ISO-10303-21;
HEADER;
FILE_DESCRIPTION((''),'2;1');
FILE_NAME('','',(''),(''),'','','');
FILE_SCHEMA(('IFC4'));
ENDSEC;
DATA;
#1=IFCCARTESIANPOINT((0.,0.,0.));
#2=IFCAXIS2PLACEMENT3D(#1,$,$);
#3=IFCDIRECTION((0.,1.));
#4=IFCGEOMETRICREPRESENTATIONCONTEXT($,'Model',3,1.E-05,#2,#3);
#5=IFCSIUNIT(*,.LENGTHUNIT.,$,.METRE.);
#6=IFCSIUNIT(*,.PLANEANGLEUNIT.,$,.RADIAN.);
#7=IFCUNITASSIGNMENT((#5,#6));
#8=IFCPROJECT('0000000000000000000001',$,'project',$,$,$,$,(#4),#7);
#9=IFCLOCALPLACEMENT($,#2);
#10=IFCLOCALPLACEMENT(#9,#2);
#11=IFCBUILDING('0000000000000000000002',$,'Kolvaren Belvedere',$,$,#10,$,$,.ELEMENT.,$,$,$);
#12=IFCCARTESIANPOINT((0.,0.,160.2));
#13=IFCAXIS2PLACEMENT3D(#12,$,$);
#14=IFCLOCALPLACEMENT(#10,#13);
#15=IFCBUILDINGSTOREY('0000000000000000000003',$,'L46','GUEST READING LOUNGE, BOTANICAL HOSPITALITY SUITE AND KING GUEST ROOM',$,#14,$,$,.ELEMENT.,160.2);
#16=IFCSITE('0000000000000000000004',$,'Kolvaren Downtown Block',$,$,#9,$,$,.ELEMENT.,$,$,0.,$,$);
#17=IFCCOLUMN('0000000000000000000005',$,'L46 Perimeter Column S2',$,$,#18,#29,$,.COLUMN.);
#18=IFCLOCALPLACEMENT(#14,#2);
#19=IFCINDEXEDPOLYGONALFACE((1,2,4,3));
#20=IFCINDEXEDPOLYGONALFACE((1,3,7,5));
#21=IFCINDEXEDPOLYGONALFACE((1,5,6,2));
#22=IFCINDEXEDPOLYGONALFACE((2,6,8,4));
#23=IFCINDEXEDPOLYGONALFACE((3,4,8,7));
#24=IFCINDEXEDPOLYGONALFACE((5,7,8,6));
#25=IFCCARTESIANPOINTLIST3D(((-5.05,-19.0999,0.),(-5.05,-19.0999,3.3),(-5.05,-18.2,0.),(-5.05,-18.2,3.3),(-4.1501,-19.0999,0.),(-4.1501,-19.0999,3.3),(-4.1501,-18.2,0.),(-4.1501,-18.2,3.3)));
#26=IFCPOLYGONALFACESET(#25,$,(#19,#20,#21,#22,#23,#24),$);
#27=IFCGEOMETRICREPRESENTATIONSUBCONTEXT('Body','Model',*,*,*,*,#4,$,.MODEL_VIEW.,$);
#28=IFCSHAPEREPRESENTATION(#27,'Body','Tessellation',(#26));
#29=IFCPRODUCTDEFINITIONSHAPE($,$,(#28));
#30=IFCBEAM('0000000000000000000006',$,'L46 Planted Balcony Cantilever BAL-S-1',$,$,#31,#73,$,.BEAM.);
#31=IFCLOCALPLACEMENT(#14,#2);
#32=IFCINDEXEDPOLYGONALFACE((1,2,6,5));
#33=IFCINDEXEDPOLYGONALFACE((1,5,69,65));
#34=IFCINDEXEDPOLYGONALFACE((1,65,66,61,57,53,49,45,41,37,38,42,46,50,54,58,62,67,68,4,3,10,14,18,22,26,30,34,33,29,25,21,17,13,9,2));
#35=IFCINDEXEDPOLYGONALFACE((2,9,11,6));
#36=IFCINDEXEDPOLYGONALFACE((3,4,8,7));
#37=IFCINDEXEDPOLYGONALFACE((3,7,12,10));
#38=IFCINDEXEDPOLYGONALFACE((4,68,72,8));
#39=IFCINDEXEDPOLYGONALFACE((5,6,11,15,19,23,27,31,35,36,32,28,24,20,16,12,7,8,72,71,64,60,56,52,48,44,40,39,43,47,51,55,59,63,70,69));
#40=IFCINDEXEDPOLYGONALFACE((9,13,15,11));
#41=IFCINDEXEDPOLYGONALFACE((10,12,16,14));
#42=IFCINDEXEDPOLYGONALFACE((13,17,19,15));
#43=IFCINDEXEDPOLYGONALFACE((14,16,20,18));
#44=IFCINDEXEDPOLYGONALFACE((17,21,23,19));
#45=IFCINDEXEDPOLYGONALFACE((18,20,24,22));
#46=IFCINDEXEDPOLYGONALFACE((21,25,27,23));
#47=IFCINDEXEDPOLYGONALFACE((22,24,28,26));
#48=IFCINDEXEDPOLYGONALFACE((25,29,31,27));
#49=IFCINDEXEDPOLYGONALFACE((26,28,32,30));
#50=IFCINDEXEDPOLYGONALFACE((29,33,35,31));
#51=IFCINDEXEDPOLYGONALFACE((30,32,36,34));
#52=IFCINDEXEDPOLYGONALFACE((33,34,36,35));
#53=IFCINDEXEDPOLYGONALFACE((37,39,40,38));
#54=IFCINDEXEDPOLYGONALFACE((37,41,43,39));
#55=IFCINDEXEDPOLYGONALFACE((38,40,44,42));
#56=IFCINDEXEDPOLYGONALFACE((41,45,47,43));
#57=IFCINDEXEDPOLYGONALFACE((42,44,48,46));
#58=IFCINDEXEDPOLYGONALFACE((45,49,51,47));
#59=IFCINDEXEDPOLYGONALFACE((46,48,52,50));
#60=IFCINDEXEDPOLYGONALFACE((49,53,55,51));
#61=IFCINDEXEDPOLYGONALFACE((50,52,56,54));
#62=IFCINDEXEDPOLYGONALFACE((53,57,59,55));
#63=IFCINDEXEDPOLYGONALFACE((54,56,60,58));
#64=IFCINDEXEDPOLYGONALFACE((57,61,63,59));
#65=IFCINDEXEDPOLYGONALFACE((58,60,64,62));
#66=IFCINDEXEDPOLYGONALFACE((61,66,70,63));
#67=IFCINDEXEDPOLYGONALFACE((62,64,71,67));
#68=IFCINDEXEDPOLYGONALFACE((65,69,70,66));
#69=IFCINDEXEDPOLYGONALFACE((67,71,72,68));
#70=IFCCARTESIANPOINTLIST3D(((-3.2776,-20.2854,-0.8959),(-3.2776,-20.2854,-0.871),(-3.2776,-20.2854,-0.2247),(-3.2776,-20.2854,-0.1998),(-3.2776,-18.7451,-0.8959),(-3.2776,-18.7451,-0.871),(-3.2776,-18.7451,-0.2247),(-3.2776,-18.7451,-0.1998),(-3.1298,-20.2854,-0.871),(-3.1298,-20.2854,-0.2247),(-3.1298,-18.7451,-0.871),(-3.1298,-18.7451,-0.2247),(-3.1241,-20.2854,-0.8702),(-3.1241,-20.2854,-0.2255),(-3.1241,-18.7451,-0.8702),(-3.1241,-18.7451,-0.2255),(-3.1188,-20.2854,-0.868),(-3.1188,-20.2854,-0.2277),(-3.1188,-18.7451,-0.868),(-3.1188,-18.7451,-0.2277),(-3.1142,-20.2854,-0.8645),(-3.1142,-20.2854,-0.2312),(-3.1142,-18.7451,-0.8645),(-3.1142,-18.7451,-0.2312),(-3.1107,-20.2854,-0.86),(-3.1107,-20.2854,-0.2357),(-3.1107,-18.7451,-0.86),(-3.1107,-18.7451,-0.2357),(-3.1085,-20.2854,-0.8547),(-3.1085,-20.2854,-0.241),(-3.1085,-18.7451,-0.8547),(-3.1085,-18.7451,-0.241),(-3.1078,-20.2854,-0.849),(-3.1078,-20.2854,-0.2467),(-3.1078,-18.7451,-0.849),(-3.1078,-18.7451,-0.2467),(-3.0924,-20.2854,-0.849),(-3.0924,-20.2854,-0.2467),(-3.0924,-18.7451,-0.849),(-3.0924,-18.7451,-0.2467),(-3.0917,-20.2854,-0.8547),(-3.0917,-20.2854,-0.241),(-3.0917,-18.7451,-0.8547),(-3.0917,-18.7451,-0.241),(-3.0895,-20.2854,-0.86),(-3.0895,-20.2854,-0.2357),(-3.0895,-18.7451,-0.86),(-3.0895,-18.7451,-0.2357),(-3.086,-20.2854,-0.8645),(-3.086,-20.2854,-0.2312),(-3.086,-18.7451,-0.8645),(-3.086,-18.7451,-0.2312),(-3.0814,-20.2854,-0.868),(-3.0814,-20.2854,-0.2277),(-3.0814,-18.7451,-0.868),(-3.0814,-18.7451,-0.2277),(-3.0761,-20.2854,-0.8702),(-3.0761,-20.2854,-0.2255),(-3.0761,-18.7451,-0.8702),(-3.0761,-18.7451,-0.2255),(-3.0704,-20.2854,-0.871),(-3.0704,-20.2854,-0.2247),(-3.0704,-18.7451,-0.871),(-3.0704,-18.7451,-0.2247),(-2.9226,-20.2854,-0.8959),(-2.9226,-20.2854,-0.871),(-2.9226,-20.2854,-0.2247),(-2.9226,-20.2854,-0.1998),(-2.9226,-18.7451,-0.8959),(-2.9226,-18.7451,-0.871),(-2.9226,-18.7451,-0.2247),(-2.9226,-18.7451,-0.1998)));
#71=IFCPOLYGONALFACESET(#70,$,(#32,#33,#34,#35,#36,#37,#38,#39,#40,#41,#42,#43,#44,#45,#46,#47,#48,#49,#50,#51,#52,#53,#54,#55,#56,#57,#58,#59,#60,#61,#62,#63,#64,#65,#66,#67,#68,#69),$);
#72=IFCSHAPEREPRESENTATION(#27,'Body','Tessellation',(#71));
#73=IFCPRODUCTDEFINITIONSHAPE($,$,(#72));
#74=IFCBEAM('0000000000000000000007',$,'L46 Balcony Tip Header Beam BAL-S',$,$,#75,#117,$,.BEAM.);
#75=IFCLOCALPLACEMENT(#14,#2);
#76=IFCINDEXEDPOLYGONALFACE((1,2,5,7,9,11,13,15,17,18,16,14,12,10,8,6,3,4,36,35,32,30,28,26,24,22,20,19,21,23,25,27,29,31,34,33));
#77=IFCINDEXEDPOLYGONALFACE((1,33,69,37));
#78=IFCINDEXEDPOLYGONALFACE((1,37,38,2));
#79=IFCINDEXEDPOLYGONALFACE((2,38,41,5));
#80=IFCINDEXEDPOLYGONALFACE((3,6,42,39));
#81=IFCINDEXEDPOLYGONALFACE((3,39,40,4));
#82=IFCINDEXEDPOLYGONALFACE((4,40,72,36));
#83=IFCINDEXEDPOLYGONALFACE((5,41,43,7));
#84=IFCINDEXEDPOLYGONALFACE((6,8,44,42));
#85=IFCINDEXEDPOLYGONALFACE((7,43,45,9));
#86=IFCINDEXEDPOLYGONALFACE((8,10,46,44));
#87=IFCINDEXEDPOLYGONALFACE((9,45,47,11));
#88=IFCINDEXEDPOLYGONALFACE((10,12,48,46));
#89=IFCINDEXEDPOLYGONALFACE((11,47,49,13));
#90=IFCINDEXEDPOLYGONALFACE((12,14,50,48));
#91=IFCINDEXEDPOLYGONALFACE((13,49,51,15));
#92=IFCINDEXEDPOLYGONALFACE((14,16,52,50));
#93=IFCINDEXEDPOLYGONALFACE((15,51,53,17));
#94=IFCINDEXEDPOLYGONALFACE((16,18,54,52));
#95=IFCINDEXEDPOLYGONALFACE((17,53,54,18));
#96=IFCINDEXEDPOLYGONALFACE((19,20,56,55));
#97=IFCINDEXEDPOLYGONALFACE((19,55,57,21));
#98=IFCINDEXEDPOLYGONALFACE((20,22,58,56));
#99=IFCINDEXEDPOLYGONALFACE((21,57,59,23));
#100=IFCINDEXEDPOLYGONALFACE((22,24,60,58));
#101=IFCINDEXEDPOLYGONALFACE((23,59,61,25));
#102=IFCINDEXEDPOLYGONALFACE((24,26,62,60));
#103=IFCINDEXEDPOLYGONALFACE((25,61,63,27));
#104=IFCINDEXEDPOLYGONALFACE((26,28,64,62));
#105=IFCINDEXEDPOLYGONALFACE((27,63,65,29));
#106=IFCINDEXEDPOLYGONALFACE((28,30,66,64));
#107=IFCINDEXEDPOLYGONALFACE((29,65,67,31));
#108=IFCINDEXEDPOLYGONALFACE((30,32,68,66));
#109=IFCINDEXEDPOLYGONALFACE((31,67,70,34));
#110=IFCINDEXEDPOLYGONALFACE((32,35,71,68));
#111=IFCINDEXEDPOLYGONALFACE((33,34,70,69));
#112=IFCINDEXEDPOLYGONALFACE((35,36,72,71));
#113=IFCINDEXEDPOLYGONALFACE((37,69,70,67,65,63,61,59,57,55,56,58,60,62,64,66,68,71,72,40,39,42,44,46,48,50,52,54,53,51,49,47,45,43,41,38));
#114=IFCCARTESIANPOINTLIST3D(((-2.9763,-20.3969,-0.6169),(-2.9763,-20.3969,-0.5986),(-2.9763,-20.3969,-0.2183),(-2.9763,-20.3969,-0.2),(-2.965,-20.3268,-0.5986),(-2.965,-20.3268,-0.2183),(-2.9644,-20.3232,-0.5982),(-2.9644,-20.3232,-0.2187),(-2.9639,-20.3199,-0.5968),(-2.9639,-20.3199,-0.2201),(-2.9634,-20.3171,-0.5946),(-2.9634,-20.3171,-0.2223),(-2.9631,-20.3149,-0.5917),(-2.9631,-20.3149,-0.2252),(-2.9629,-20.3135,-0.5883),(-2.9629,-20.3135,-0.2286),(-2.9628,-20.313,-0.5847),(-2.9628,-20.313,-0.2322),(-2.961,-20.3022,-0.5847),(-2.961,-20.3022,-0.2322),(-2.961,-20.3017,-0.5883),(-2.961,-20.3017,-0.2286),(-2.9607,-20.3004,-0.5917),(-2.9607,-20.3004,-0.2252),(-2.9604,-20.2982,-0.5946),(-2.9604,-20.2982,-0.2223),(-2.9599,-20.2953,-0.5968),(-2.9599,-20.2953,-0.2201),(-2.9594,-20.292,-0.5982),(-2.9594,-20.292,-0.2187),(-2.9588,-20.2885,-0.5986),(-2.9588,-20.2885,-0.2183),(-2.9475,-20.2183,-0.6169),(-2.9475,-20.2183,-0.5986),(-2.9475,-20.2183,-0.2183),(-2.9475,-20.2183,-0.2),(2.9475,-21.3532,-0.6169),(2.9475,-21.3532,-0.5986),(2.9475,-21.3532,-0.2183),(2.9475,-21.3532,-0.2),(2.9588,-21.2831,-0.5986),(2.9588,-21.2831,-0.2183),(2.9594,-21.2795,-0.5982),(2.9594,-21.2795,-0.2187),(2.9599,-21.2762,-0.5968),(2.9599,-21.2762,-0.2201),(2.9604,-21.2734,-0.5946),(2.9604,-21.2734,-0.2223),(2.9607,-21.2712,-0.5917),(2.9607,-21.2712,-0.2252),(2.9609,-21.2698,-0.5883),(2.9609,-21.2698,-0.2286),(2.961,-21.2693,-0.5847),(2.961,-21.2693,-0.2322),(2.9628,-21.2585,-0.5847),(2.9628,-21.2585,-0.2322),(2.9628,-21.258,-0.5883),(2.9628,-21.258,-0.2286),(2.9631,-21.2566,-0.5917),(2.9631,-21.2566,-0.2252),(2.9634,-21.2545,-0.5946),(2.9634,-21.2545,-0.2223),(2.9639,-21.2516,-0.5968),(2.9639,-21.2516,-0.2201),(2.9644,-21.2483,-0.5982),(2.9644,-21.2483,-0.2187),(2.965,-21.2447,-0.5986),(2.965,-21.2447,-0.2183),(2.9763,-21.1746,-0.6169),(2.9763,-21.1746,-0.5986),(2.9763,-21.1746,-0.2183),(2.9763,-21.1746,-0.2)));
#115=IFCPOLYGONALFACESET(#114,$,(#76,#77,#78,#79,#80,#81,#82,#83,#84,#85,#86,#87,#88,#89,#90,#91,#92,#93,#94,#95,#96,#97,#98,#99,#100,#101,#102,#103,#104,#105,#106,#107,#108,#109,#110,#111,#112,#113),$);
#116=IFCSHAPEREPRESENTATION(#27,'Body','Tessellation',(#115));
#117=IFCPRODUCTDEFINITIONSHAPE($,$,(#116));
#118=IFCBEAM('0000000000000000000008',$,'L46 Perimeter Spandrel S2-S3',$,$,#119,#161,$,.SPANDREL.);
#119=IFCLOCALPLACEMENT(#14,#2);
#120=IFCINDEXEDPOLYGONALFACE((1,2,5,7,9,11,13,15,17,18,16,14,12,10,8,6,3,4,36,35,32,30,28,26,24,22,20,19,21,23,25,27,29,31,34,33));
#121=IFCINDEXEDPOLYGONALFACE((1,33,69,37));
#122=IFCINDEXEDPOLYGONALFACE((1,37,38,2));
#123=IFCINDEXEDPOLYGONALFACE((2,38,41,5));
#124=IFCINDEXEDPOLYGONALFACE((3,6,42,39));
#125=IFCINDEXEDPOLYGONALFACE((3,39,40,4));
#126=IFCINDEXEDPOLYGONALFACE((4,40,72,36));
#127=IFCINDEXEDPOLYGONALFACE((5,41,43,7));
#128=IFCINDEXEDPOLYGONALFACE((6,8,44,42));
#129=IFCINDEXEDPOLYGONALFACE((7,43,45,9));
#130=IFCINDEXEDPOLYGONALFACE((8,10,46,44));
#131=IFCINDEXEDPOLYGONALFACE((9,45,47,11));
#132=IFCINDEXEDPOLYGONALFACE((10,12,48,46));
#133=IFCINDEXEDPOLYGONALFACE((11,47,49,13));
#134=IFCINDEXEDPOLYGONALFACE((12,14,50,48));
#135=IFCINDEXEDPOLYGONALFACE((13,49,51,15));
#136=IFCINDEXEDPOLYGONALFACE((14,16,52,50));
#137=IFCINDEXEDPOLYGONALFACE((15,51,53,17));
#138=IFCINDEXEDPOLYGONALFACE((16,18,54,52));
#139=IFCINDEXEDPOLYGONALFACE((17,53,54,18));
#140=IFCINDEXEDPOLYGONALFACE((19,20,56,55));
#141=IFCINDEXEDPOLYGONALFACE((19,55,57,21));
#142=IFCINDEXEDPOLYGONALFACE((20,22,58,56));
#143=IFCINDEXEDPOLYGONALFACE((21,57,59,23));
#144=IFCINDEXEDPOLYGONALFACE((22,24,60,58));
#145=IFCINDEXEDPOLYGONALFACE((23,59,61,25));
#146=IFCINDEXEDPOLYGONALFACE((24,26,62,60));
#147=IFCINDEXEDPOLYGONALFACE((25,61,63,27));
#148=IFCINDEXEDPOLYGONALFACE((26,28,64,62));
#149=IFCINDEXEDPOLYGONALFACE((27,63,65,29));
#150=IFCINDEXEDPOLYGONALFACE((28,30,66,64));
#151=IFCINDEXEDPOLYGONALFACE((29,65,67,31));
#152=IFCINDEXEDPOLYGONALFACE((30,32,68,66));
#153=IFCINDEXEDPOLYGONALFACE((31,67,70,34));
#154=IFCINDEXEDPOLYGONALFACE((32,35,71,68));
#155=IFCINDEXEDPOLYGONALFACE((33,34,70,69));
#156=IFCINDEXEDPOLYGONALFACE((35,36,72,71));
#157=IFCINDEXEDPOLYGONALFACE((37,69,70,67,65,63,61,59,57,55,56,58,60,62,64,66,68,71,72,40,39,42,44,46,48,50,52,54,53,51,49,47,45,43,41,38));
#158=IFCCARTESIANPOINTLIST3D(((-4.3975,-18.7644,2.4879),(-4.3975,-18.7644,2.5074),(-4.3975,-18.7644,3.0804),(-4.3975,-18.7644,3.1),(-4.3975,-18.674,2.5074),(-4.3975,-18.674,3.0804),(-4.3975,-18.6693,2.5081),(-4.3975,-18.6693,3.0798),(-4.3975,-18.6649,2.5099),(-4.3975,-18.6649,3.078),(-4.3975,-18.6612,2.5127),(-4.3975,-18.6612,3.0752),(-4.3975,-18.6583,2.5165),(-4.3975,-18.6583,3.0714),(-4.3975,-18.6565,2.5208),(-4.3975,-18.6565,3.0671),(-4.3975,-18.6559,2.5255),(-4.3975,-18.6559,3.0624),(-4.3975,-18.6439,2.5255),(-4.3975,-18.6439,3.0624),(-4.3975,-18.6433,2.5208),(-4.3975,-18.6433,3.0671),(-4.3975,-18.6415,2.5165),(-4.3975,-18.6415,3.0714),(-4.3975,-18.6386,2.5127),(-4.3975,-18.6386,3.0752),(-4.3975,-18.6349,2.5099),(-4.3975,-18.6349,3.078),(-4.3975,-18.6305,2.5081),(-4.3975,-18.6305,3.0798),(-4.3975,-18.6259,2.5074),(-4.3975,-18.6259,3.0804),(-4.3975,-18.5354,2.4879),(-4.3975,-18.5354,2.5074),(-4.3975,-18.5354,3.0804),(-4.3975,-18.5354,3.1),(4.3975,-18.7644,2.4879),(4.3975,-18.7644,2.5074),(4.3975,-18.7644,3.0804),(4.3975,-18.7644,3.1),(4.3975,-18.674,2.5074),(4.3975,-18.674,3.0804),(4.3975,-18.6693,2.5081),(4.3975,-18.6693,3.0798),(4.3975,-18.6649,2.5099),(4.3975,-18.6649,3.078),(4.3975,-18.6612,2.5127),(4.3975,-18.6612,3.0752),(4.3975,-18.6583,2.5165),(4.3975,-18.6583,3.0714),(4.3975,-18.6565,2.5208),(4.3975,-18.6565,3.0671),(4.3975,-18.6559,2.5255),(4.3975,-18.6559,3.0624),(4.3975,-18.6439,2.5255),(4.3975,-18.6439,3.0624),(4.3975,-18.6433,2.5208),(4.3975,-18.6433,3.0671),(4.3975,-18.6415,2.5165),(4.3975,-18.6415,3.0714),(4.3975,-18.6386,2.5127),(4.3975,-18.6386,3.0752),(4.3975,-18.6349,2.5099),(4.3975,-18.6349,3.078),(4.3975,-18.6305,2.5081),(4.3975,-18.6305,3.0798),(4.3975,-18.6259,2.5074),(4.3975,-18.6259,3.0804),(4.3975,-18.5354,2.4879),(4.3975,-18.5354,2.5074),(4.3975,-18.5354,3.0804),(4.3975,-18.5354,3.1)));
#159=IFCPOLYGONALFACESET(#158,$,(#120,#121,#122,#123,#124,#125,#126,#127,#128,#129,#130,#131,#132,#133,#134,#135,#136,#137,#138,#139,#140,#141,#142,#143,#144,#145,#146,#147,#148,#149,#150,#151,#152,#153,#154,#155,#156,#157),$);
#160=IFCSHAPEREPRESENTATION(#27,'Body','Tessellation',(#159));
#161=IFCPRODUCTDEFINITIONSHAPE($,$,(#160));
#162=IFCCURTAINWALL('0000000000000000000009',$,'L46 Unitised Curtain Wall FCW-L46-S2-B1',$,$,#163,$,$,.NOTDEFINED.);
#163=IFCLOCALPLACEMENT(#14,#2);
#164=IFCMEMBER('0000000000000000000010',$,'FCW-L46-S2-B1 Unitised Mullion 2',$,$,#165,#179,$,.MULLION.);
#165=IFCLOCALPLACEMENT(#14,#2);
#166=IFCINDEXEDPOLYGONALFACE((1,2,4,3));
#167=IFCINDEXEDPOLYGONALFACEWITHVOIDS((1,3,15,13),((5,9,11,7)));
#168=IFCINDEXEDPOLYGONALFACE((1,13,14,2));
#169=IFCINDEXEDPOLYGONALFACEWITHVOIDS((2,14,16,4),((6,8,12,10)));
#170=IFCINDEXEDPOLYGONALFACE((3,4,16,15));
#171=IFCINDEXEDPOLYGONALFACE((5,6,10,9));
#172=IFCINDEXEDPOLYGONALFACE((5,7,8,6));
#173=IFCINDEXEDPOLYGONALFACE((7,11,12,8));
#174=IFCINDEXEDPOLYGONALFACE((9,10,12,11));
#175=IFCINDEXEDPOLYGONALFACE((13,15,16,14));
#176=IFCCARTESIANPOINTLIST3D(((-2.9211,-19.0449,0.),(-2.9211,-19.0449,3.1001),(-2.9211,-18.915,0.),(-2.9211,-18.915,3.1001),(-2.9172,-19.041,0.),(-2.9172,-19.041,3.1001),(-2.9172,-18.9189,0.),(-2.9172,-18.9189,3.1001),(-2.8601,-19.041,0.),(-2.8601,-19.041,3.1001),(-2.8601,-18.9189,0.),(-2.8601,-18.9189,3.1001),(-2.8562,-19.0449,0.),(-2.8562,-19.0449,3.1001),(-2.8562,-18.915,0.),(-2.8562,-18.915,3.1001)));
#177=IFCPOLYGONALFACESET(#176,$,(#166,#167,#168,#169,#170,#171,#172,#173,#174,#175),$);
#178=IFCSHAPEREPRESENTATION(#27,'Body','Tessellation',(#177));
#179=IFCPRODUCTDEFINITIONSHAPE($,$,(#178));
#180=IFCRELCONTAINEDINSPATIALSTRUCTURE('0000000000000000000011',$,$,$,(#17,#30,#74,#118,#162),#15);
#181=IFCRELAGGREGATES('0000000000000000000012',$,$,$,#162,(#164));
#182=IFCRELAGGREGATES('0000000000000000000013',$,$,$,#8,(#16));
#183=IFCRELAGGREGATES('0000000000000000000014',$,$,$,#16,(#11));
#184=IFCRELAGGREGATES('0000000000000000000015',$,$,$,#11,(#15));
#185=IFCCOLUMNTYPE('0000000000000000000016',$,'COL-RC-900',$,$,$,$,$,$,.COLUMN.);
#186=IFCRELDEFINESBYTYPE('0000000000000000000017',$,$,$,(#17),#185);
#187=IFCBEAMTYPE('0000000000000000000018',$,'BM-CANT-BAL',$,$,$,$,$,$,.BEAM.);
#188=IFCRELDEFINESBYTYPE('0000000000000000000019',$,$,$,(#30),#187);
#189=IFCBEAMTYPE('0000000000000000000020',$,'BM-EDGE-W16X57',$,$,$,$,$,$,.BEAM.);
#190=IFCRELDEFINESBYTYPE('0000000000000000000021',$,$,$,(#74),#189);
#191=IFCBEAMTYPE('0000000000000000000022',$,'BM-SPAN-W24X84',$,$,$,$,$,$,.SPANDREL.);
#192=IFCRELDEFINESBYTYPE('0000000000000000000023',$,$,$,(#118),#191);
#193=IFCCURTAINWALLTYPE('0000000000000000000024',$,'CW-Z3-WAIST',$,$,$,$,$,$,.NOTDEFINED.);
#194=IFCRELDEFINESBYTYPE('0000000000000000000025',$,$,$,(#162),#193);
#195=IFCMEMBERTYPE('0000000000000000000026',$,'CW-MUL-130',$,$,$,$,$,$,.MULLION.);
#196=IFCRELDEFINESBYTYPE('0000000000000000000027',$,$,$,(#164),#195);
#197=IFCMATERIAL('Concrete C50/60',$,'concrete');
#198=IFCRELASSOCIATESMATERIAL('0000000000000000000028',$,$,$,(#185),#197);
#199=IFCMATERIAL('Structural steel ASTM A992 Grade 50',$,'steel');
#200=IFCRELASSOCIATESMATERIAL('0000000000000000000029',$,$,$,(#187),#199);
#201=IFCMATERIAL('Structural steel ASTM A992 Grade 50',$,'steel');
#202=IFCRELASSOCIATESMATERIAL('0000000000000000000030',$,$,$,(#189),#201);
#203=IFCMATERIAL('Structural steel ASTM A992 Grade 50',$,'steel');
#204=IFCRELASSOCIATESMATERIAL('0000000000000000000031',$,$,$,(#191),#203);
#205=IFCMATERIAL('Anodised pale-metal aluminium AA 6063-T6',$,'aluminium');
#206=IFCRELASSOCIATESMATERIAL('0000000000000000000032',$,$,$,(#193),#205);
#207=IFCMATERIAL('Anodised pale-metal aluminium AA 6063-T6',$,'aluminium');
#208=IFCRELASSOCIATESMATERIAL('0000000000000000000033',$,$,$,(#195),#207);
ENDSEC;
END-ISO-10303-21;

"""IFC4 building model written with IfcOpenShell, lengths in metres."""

from ifc_helpers import new_model, si_unit, direction, frame, origin, origin_2d, place, context, subcontext, project, spatial, rectangle, hollow_rectangle, i_section, extrude, material, material_profile, profile_set, type_object, element, aggregate, save


model = new_model("IFC4")

# Units and contexts
model_context = context("Model", 3, precision=1e-05, world=origin(), true_north=direction((0.0, 1.0)))
body_context = subcontext(model_context, "Body", "Model", "MODEL_VIEW")
ifc_project = project(units=[si_unit("LENGTHUNIT", "METRE"), si_unit("PLANEANGLEUNIT", "RADIAN")], contexts=[model_context])

# Site, building, storey
site_placement = place(None, origin())
site = spatial("IfcSite", under=ifc_project, at=site_placement, Name="Kolvaren Downtown Block", CompositionType="ELEMENT", RefElevation=0.0)
building_placement = place(site_placement, origin())
building = spatial("IfcBuilding", under=site, at=building_placement, Name="Kolvaren Belvedere", CompositionType="ELEMENT")
storey_placement = place(building_placement, frame((0.0, 0.0, 160.2)))
storey = spatial("IfcBuildingStorey", under=building, at=storey_placement, Name="L46", Description="GUEST READING LOUNGE, BOTANICAL HOSPITALITY SUITE AND KING GUEST ROOM", CompositionType="ELEMENT", Elevation=160.2)

# Column
ifc_material_1 = material(Name="Concrete C50/60", Category="concrete")
ifc_material_profile_1 = material_profile(ifc_material_1, rectangle(XDim=0.8999, YDim=0.8999, at=origin_2d()), Name="RC 900X900")
ifc_profile_set_1 = profile_set([ifc_material_profile_1], Name="Concrete C50/60")
column_type = type_object("IfcColumnType", Name="COL-RC-900", PredefinedType="COLUMN", material=ifc_profile_set_1)
column_placement = place(storey_placement, frame((-4.6001, -18.6499, 0.0), z_axis=(0.0, 0.0, 1.0), x_axis=(1.0, 0.0, 0.0)))
element("IfcColumn", 1, at=column_placement, inside=storey, type_object=column_type, Name="L46 Perimeter Column S2", PredefinedType="COLUMN", context=body_context, shape_type="SweptSolid", body=[
    extrude(rectangle(XDim=0.8999, YDim=0.8999, at=origin_2d()), origin(), (0.0, 0.0, 1.0), 3.3),
])

# Beams
ifc_material_2 = material(Name="Structural steel ASTM A992 Grade 50", Category="steel")
ifc_material_profile_2 = material_profile(ifc_material_2, i_section(OverallWidth=0.355, OverallDepth=0.696, WebThickness=0.0154, FlangeThickness=0.0249, FilletRadius=0.022, at=origin_2d()), Name="W27X146")
ifc_profile_set_2 = profile_set([ifc_material_profile_2], Name="Structural steel ASTM A992 Grade 50")
beam_type_1 = type_object("IfcBeamType", Name="BM-CANT-BAL", PredefinedType="BEAM", material=ifc_profile_set_2)
beam_1_placement = place(storey_placement, frame((-3.1001, -18.7451, -0.5479), z_axis=(0.0, -1.0, 0.0), x_axis=(1.0, 0.0, 0.0)))
element("IfcBeam", 2, at=beam_1_placement, inside=storey, type_object=beam_type_1, Name="L46 Planted Balcony Cantilever BAL-S-1", PredefinedType="BEAM", context=body_context, shape_type="SweptSolid", body=[
    extrude(i_section(OverallWidth=0.355, OverallDepth=0.696, WebThickness=0.0154, FlangeThickness=0.0249, FilletRadius=0.022, at=origin_2d()), origin(), (0.0, 0.0, 1.0), 1.5403),
])
ifc_material_3 = material(Name="Structural steel ASTM A992 Grade 50", Category="steel")
ifc_material_profile_3 = material_profile(ifc_material_3, i_section(OverallWidth=0.1809, OverallDepth=0.417, WebThickness=0.011, FlangeThickness=0.0183, FilletRadius=0.0139, at=origin_2d()), Name="W16X57")
ifc_profile_set_3 = profile_set([ifc_material_profile_3], Name="Structural steel ASTM A992 Grade 50")
beam_type_2 = type_object("IfcBeamType", Name="BM-EDGE-W16X57", PredefinedType="BEAM", material=ifc_profile_set_3)
beam_2_placement = place(storey_placement, frame((-2.9619, -20.3076, -0.4084), z_axis=(0.987219, -0.159369, 0.0), x_axis=(0.159369, 0.987219, 0.0)))
element("IfcBeam", 3, at=beam_2_placement, inside=storey, type_object=beam_type_2, Name="L46 Balcony Tip Header Beam BAL-S", PredefinedType="BEAM", context=body_context, shape_type="SweptSolid", body=[
    extrude(i_section(OverallWidth=0.1809, OverallDepth=0.417, WebThickness=0.011, FlangeThickness=0.0183, FilletRadius=0.0139, at=origin_2d()), origin(), (0.0, 0.0, 1.0), 6.0005),
])
ifc_material_4 = material(Name="Structural steel ASTM A992 Grade 50", Category="steel")
ifc_material_profile_4 = material_profile(ifc_material_4, i_section(OverallWidth=0.229, OverallDepth=0.6121, WebThickness=0.012, FlangeThickness=0.0195, FilletRadius=0.0181, at=origin_2d()), Name="W24X84")
ifc_profile_set_4 = profile_set([ifc_material_profile_4], Name="Structural steel ASTM A992 Grade 50")
beam_type_3 = type_object("IfcBeamType", Name="BM-SPAN-W24X84", PredefinedType="SPANDREL", material=ifc_profile_set_4)
beam_3_placement = place(storey_placement, frame((-4.3975, -18.6499, 2.7939), z_axis=(1.0, 0.0, 0.0), x_axis=(0.0, 1.0, 0.0)))
element("IfcBeam", 4, at=beam_3_placement, inside=storey, type_object=beam_type_3, Name="L46 Perimeter Spandrel S2-S3", PredefinedType="SPANDREL", context=body_context, shape_type="SweptSolid", body=[
    extrude(i_section(OverallWidth=0.229, OverallDepth=0.6121, WebThickness=0.012, FlangeThickness=0.0195, FilletRadius=0.0181, at=origin_2d()), origin(), (0.0, 0.0, 1.0), 8.7949),
])

# Curtain wall, member
ifc_material_5 = material(Name="Anodised pale-metal aluminium AA 6063-T6", Category="aluminium")
curtain_wall_type = type_object("IfcCurtainWallType", Name="CW-Z3-WAIST", PredefinedType="NOTDEFINED", material=ifc_material_5)
curtain_wall_1_placement = place(storey_placement, origin())
curtain_wall_1 = element("IfcCurtainWall", 5, at=curtain_wall_1_placement, inside=storey, type_object=curtain_wall_type, Name="L46 Unitised Curtain Wall FCW-L46-S2-B1", PredefinedType="NOTDEFINED")
ifc_material_6 = material(Name="Anodised pale-metal aluminium AA 6063-T6", Category="aluminium")
ifc_material_profile_5 = material_profile(ifc_material_6, hollow_rectangle(XDim=0.0649, YDim=0.1299, WallThickness=0.0039, at=origin_2d()), Name="ALU-MUL-130X65")
ifc_profile_set_5 = profile_set([ifc_material_profile_5], Name="Anodised pale-metal aluminium AA 6063-T6")
member_type_1 = type_object("IfcMemberType", Name="CW-MUL-130", PredefinedType="MULLION", material=ifc_profile_set_5)
member_1_placement = place(storey_placement, frame((-2.8887, -18.98, 0.0), z_axis=(0.0, 0.0, 1.0), x_axis=(1.0, 0.0, 0.0)))
member_1 = element("IfcMember", 6, at=member_1_placement, type_object=member_type_1, Name="FCW-L46-S2-B1 Unitised Mullion 2", PredefinedType="MULLION", context=body_context, shape_type="SweptSolid", body=[
    extrude(hollow_rectangle(XDim=0.0649, YDim=0.1299, WallThickness=0.0039, at=origin_2d()), origin(), (0.0, 0.0, 1.0), 3.1001),
])

aggregate(curtain_wall_1, [member_1])

save(model, "model.ifc")
